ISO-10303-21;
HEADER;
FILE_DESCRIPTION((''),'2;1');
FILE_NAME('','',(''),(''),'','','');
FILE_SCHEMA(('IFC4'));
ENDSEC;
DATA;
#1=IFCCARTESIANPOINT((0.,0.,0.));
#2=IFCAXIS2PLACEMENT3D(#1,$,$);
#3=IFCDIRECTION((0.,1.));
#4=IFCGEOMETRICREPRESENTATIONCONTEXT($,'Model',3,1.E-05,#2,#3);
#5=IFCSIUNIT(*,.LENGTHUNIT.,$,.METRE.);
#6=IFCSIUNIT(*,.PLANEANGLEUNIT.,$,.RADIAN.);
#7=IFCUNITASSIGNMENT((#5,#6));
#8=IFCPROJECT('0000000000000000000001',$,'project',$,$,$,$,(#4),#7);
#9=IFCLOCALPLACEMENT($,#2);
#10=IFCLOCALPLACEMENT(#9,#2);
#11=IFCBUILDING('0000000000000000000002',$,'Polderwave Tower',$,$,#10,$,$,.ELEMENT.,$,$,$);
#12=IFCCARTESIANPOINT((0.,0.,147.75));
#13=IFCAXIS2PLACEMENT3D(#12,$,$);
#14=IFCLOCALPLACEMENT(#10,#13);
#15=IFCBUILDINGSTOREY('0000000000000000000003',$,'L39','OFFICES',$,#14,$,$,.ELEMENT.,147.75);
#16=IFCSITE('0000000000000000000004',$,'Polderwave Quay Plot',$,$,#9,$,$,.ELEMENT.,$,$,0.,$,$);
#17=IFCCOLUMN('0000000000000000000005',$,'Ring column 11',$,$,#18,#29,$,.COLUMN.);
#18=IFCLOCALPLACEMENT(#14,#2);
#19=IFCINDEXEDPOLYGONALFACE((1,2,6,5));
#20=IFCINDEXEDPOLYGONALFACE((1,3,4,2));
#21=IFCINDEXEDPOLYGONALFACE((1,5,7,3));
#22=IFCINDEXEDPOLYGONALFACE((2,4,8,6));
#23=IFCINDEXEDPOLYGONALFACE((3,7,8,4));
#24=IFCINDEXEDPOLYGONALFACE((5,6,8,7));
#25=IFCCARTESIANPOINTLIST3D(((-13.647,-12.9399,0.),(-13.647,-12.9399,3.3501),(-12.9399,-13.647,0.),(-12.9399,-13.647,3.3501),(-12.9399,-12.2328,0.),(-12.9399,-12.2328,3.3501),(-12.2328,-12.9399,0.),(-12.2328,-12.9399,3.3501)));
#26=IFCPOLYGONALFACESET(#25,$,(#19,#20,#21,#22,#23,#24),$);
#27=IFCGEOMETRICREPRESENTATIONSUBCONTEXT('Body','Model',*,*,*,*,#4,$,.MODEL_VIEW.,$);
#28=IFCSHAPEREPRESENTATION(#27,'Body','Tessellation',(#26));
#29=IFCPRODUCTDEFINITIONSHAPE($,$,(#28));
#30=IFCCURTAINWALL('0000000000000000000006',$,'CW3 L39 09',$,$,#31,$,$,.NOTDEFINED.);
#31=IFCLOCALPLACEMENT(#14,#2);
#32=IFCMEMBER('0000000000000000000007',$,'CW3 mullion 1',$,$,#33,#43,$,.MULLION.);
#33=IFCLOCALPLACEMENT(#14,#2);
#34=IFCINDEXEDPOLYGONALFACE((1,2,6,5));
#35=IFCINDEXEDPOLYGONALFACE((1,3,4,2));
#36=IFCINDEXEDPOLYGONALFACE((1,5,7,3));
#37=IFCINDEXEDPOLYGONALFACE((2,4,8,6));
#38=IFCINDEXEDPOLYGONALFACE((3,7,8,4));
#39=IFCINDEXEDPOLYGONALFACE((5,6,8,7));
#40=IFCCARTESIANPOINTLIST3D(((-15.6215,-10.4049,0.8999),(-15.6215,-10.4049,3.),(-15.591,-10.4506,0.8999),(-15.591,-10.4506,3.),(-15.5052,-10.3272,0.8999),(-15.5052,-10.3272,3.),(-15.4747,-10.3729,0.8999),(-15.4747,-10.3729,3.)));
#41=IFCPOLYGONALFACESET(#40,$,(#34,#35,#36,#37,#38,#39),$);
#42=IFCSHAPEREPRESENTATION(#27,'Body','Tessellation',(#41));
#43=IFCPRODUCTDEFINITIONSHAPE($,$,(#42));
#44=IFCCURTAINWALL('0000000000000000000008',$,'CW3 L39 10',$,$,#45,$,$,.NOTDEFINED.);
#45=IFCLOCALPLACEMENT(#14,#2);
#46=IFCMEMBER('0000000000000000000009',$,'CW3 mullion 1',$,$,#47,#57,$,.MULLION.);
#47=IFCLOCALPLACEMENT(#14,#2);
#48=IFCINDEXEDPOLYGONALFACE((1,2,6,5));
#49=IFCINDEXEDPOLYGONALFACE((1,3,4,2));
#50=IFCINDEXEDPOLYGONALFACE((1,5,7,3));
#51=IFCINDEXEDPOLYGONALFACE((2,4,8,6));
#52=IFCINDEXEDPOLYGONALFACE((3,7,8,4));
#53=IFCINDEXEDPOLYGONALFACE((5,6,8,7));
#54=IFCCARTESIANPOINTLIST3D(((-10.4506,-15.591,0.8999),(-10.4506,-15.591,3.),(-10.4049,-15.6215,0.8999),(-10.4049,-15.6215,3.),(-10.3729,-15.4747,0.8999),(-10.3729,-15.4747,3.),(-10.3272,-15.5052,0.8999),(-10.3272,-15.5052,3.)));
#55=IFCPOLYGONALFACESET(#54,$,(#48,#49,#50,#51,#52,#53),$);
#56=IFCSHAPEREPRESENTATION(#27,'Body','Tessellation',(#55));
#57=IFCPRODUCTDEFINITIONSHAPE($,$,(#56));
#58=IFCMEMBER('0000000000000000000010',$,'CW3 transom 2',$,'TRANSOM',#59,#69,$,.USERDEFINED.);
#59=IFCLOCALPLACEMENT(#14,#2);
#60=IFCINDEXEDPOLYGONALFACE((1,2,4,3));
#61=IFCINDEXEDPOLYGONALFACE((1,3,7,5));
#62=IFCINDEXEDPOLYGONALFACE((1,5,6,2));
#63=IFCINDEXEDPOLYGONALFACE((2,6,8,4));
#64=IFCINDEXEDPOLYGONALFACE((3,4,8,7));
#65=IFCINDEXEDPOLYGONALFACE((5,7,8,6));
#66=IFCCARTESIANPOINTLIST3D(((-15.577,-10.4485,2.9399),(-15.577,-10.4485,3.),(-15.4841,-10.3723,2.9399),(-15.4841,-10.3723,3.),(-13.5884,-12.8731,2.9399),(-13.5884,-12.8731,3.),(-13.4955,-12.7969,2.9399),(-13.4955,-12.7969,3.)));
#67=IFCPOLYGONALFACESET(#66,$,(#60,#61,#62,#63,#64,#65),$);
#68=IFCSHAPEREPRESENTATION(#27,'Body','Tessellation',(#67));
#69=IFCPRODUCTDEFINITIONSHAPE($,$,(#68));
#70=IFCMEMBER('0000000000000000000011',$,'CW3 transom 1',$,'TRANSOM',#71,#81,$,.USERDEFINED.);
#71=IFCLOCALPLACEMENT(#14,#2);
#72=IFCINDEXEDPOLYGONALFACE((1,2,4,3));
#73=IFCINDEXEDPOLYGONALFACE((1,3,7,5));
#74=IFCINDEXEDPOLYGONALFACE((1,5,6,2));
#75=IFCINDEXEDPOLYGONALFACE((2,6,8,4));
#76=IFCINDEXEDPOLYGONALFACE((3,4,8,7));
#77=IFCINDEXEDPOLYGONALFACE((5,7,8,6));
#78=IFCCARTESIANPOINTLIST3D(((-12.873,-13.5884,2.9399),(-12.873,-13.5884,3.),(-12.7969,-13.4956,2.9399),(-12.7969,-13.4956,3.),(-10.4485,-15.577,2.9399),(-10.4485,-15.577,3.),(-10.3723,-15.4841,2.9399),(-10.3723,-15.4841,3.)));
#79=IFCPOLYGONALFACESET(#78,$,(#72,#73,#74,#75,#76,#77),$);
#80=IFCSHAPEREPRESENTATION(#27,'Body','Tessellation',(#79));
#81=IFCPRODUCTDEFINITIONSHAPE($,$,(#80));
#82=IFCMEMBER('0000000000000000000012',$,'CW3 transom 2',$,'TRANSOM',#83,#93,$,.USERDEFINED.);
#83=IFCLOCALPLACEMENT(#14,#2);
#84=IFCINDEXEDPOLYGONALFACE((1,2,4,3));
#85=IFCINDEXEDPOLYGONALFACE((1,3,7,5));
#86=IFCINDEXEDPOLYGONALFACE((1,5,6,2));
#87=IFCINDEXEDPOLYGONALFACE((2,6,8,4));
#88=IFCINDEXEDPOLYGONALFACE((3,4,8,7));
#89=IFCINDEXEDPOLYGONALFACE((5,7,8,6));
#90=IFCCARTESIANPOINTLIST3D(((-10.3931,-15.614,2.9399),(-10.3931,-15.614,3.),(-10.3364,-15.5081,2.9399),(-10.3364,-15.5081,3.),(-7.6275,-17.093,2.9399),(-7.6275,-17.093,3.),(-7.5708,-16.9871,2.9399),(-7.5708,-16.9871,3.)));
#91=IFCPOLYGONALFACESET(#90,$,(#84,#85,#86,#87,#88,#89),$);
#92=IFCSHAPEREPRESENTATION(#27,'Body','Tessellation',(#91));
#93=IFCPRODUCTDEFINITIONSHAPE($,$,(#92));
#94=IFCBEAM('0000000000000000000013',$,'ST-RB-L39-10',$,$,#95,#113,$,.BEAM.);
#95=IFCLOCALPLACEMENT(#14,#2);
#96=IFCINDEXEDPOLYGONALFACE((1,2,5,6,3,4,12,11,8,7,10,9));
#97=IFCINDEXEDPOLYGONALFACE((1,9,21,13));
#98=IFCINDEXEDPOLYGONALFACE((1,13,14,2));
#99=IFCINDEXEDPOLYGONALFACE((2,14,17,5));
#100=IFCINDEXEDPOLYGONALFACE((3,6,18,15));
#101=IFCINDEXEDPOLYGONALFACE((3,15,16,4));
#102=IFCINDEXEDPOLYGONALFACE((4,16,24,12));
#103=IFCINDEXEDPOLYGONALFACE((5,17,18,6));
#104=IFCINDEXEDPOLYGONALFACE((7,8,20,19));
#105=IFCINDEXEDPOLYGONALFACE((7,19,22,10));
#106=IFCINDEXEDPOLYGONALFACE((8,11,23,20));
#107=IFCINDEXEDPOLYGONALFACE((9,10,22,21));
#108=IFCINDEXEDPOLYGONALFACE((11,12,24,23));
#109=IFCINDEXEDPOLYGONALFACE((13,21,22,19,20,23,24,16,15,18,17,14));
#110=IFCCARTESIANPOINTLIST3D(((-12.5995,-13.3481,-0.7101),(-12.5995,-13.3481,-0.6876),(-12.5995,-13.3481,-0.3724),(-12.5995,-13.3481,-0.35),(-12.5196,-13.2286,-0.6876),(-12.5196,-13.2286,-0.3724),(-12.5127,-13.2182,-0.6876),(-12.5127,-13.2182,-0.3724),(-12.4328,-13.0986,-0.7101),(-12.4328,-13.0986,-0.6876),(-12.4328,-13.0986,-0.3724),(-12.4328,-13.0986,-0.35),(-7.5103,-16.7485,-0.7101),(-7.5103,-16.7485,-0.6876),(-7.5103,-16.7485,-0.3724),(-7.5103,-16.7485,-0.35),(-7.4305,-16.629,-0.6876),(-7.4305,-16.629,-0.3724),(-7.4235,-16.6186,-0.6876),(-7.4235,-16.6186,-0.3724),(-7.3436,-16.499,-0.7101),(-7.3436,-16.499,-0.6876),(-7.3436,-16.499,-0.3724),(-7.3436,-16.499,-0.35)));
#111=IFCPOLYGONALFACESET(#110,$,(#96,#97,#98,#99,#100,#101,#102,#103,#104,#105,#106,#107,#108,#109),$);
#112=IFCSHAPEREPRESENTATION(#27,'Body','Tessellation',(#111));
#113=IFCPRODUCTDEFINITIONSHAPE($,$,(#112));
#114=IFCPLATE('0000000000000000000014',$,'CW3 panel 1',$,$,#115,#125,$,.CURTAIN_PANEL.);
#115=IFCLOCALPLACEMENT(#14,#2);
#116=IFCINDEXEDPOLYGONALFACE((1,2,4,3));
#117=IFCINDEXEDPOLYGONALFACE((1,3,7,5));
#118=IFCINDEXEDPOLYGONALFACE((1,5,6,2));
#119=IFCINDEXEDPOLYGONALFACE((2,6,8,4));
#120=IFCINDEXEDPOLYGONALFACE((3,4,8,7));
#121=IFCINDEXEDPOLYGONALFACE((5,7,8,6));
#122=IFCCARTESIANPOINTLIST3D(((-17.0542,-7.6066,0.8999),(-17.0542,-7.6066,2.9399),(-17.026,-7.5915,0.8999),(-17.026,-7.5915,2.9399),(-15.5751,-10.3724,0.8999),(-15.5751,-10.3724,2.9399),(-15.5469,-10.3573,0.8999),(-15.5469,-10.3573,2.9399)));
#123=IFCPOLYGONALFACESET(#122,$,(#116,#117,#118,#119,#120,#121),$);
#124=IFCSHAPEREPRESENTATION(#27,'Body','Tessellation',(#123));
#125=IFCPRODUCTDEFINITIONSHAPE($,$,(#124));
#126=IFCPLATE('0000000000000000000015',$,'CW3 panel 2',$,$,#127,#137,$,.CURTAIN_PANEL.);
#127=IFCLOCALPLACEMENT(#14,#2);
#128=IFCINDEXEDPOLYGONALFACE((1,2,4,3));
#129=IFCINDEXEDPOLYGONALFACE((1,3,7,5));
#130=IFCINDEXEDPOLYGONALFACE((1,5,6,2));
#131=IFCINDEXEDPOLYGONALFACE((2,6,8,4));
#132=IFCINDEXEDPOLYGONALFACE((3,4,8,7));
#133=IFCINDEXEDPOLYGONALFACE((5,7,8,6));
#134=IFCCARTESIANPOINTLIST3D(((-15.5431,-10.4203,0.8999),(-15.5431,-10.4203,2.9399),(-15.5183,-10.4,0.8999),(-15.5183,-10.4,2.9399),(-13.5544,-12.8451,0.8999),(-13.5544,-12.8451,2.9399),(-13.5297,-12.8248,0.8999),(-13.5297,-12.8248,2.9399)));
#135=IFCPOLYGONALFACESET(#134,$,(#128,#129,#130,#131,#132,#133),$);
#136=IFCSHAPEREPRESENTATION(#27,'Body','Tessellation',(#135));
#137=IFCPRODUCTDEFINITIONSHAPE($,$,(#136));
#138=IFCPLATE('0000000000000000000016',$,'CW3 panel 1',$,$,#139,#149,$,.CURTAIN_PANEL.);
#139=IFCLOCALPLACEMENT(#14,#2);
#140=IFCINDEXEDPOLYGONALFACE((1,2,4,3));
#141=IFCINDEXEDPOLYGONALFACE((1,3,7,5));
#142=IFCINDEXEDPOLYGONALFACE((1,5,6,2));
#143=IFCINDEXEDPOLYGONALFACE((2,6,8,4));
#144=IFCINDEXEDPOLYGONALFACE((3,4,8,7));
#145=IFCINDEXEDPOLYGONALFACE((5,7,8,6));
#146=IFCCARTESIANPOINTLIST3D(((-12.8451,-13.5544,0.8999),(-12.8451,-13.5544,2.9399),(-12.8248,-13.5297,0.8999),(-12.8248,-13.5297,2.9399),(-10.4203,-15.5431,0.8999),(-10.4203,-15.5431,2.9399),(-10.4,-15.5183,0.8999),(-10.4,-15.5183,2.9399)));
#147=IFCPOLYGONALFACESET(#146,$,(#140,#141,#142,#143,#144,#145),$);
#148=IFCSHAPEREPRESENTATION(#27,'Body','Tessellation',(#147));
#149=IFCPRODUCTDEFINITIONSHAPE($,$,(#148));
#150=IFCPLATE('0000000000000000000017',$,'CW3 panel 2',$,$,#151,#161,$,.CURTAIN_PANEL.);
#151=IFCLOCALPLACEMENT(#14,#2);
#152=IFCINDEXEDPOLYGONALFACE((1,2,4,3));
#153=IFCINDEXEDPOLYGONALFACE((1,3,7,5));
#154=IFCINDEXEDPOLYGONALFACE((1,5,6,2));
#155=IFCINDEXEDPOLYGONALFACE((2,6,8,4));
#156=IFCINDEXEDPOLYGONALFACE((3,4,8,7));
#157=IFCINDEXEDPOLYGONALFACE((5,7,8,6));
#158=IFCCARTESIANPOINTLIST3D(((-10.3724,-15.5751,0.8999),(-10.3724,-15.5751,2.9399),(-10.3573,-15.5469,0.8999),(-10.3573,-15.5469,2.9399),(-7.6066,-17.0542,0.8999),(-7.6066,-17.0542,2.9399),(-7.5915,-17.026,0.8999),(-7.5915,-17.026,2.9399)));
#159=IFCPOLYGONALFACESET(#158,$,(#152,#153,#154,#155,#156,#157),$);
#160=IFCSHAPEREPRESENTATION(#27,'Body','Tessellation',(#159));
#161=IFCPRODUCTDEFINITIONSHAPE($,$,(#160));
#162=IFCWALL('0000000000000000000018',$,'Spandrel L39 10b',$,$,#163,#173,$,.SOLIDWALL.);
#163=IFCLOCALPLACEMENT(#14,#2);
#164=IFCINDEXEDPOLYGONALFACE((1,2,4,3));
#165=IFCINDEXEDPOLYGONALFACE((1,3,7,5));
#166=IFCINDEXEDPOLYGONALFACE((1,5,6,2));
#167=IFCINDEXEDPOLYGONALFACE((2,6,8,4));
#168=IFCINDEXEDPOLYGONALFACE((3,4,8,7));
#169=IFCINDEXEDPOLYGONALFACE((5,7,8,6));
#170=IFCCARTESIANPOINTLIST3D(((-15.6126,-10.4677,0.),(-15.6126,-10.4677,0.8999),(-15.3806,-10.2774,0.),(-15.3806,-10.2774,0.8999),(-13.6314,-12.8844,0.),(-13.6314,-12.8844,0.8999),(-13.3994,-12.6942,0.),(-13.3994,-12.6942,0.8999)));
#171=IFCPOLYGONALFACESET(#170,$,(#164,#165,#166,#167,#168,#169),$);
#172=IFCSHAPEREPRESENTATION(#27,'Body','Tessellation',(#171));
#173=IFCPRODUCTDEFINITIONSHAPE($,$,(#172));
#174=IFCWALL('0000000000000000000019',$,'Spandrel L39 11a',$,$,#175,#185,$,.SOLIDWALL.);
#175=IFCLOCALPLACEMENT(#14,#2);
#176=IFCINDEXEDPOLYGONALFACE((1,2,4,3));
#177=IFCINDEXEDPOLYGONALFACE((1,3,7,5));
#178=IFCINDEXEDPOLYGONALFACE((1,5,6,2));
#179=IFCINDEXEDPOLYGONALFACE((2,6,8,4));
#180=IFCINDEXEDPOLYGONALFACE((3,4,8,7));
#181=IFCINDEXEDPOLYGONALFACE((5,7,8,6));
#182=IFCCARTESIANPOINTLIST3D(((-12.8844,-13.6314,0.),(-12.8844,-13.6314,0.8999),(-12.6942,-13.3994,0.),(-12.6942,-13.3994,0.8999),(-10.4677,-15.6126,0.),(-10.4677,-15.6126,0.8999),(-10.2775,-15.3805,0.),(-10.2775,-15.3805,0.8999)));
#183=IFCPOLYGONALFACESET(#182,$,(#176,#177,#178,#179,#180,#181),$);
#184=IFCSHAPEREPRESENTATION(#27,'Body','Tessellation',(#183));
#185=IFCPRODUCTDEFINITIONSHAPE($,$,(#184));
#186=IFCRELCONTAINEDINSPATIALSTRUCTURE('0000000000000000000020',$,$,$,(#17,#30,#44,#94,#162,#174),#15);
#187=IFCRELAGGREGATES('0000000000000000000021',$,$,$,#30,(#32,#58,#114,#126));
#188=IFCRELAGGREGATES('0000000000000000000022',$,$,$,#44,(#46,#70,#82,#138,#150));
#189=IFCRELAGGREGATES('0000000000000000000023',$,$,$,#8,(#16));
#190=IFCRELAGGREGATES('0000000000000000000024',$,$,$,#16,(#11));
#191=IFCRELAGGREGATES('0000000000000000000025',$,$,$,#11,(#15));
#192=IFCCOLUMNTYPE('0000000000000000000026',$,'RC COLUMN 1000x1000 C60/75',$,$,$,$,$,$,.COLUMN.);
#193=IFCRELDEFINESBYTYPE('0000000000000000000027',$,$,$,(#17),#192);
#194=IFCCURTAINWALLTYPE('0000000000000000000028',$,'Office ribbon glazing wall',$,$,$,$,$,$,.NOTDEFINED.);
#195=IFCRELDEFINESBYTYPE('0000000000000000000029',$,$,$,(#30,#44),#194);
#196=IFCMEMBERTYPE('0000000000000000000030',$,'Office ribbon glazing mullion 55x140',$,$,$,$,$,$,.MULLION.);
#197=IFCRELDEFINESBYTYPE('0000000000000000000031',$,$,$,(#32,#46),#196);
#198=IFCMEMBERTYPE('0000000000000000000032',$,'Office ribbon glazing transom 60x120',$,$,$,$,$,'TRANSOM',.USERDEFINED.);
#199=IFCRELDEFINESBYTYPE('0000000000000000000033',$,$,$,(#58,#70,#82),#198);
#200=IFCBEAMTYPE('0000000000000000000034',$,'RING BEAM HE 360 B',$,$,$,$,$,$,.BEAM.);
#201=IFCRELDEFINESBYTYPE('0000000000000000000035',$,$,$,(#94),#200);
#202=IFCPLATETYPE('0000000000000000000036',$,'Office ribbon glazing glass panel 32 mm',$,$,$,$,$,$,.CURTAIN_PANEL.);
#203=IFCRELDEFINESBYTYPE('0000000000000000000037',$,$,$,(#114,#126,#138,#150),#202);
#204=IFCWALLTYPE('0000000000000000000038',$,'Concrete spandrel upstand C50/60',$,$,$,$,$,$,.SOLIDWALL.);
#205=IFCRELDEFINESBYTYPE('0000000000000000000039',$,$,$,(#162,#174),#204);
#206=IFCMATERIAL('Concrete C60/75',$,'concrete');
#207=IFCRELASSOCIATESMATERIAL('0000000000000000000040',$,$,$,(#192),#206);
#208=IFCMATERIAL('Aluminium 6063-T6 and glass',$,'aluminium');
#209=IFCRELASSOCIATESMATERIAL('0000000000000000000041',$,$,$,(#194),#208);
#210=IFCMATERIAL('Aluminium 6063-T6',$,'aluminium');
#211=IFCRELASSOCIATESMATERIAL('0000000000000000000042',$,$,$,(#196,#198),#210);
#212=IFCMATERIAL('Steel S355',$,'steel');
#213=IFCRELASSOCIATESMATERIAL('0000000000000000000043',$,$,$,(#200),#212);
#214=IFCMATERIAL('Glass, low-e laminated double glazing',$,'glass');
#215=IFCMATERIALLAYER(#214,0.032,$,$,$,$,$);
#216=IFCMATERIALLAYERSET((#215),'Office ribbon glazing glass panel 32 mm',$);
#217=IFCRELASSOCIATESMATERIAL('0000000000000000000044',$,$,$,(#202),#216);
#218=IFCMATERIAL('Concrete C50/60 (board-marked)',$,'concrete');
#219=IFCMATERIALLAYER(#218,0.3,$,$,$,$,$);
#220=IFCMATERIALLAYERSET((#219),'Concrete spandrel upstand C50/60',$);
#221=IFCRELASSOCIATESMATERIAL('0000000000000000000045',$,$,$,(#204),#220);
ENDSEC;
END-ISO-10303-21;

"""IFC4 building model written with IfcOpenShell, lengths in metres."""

from ifc_helpers import new_model, si_unit, direction, frame, frame_2d, origin, origin_2d, place, context, subcontext, project, spatial, rectangle, i_section, extrude, material, layer, layer_set, material_profile, profile_set, type_object, element, aggregate, save


model = new_model("IFC4")

# Units and contexts
model_context = context("Model", 3, precision=1e-05, world=origin(), true_north=direction((0.0, 1.0)))
body_context = subcontext(model_context, "Body", "Model", "MODEL_VIEW")
ifc_project = project(units=[si_unit("LENGTHUNIT", "METRE"), si_unit("PLANEANGLEUNIT", "RADIAN")], contexts=[model_context])

# Site, building, storey
site_placement = place(None, origin())
site = spatial("IfcSite", under=ifc_project, at=site_placement, Name="Polderwave Quay Plot", CompositionType="ELEMENT", RefElevation=0.0)
building_placement = place(site_placement, origin())
building = spatial("IfcBuilding", under=site, at=building_placement, Name="Polderwave Tower", CompositionType="ELEMENT")
storey_placement = place(building_placement, frame((0.0, 0.0, 147.75)))
storey = spatial("IfcBuildingStorey", under=building, at=storey_placement, Name="L39", Description="OFFICES", CompositionType="ELEMENT", Elevation=147.75)

# Column
ifc_material_1 = material(Name="Concrete C60/75", Category="concrete")
ifc_material_profile_1 = material_profile(ifc_material_1, rectangle(XDim=1.0, YDim=1.0, at=origin_2d()), Name="RC 1000x1000")
ifc_profile_set_1 = profile_set([ifc_material_profile_1], Name="Concrete C60/75")
column_type = type_object("IfcColumnType", Name="RC COLUMN 1000x1000 C60/75", PredefinedType="COLUMN", material=ifc_profile_set_1)
column_placement = place(storey_placement, frame((-12.9399, -12.9399, 0.0), z_axis=(0.0, 0.0, 1.0), x_axis=(-0.707107, -0.707107, 0.0)))
element("IfcColumn", 1, at=column_placement, inside=storey, type_object=column_type, Name="Ring column 11", PredefinedType="COLUMN", context=body_context, shape_type="SweptSolid", body=[
    extrude(rectangle(XDim=1.0, YDim=1.0, at=origin_2d()), origin(), (0.0, 0.0, 1.0), 3.3501),
])

# Curtain walls, members
ifc_material_2 = material(Name="Aluminium 6063-T6 and glass", Category="aluminium")
curtain_wall_type = type_object("IfcCurtainWallType", Name="Office ribbon glazing wall", PredefinedType="NOTDEFINED", material=ifc_material_2)
curtain_wall_1_placement = place(storey_placement, origin())
curtain_wall_1 = element("IfcCurtainWall", 2, at=curtain_wall_1_placement, inside=storey, type_object=curtain_wall_type, Name="CW3 L39 09", PredefinedType="NOTDEFINED")
ifc_material_3 = material(Name="Aluminium 6063-T6", Category="aluminium")
ifc_material_profile_2 = material_profile(ifc_material_3, rectangle(XDim=0.1399, YDim=0.0549, at=origin_2d()), Name="AL 55x140")
ifc_profile_set_2 = profile_set([ifc_material_profile_2], Name="Aluminium 6063-T6")
member_type_1 = type_object("IfcMemberType", Name="Office ribbon glazing mullion 55x140", PredefinedType="MULLION", material=ifc_profile_set_2)
member_1_placement = place(storey_placement, frame((-15.5481, -10.3889, 0.8999), z_axis=(0.0, 0.0, 1.0), x_axis=(0.831508, 0.555512, 0.0)))
member_1 = element("IfcMember", 3, at=member_1_placement, type_object=member_type_1, Name="CW3 mullion 1", PredefinedType="MULLION", context=body_context, shape_type="SweptSolid", body=[
    extrude(rectangle(XDim=0.1399, YDim=0.0549, at=origin_2d()), origin(), (0.0, 0.0, 1.0), 2.1001),
])
curtain_wall_2_placement = place(storey_placement, origin())
curtain_wall_2 = element("IfcCurtainWall", 4, at=curtain_wall_2_placement, inside=storey, type_object=curtain_wall_type, Name="CW3 L39 10", PredefinedType="NOTDEFINED")
member_2_placement = place(storey_placement, frame((-10.3889, -15.5481, 0.8999), z_axis=(0.0, 0.0, 1.0), x_axis=(0.555512, 0.831508, 0.0)))
member_2 = element("IfcMember", 5, at=member_2_placement, type_object=member_type_1, Name="CW3 mullion 1", PredefinedType="MULLION", context=body_context, shape_type="SweptSolid", body=[
    extrude(rectangle(XDim=0.1399, YDim=0.0549, at=origin_2d()), origin(), (0.0, 0.0, 1.0), 2.1001),
])

# Members
ifc_material_profile_3 = material_profile(ifc_material_3, rectangle(XDim=0.1201, YDim=0.0601, at=origin_2d()), Name="AL 60x120")
ifc_profile_set_3 = profile_set([ifc_material_profile_3], Name="Aluminium 6063-T6")
member_type_2 = type_object("IfcMemberType", Name="Office ribbon glazing transom 60x120", ElementType="TRANSOM", PredefinedType="USERDEFINED", material=ifc_profile_set_3)
member_3_placement = place(storey_placement, frame((-15.5305, -10.4104, 2.97), z_axis=(0.634153, -0.773207, 0.0), x_axis=(0.773207, 0.634153, 0.0)))
member_3 = element("IfcMember", 6, at=member_3_placement, type_object=member_type_2, Name="CW3 transom 2", ObjectType="TRANSOM", PredefinedType="USERDEFINED", context=body_context, shape_type="SweptSolid", body=[
    extrude(rectangle(XDim=0.1201, YDim=0.0601, at=origin_2d()), origin(), (0.0, 0.0, 1.0), 3.1357),
])
member_4_placement = place(storey_placement, frame((-12.835, -13.542, 2.97), z_axis=(0.773207, -0.634153, 0.0), x_axis=(0.634153, 0.773207, 0.0)))
member_4 = element("IfcMember", 7, at=member_4_placement, type_object=member_type_2, Name="CW3 transom 1", ObjectType="TRANSOM", PredefinedType="USERDEFINED", context=body_context, shape_type="SweptSolid", body=[
    extrude(rectangle(XDim=0.1201, YDim=0.0601, at=origin_2d()), origin(), (0.0, 0.0, 1.0), 3.1357),
])
member_5_placement = place(storey_placement, frame((-10.3647, -15.561, 2.97), z_axis=(0.881822, -0.471582, 0.0), x_axis=(0.471582, 0.881822, 0.0)))
member_5 = element("IfcMember", 8, at=member_5_placement, type_object=member_type_2, Name="CW3 transom 2", ObjectType="TRANSOM", PredefinedType="USERDEFINED", context=body_context, shape_type="SweptSolid", body=[
    extrude(rectangle(XDim=0.1201, YDim=0.0601, at=origin_2d()), origin(), (0.0, 0.0, 1.0), 3.1362),
])

# Beam
ifc_material_4 = material(Name="Steel S355", Category="steel")
ifc_material_profile_4 = material_profile(ifc_material_4, i_section(OverallWidth=0.3, OverallDepth=0.3601, WebThickness=0.0125, FlangeThickness=0.0225, at=origin_2d()), Name="HE 360 B")
ifc_profile_set_4 = profile_set([ifc_material_profile_4], Name="Steel S355")
beam_type = type_object("IfcBeamType", Name="RING BEAM HE 360 B", PredefinedType="BEAM", material=ifc_profile_set_4)
beam_placement = place(storey_placement, frame((-12.5161, -13.2234, -0.53), z_axis=(0.831473, -0.555565, 0.0), x_axis=(0.555565, 0.831473, 0.0)))
element("IfcBeam", 9, at=beam_placement, inside=storey, type_object=beam_type, Name="ST-RB-L39-10", PredefinedType="BEAM", context=body_context, shape_type="SweptSolid", body=[
    extrude(i_section(OverallWidth=0.3, OverallDepth=0.3601, WebThickness=0.0125, FlangeThickness=0.0225, at=origin_2d()), origin(), (0.0, 0.0, 1.0), 6.1206),
])

# Plates
ifc_material_5 = material(Name="Glass, low-e laminated double glazing", Category="glass")
ifc_layer_1 = layer(ifc_material_5, 0.032)
ifc_layer_set_1 = layer_set([ifc_layer_1], Name="Office ribbon glazing glass panel 32 mm")
plate_type = type_object("IfcPlateType", Name="Office ribbon glazing glass panel 32 mm", PredefinedType="CURTAIN_PANEL", material=ifc_layer_set_1)
plate_1_placement = place(storey_placement, frame((-16.3005, -8.9819, 0.8999), z_axis=(0.0, 0.0, 1.0), x_axis=(0.471572, -0.881827, 0.0)))
plate_1 = element("IfcPlate", 10, at=plate_1_placement, type_object=plate_type, Name="CW3 panel 1", PredefinedType="CURTAIN_PANEL", context=body_context, shape_type="SweptSolid", body=[
    extrude(rectangle(XDim=3.1365, YDim=0.032, at=origin_2d()), origin(), (0.0, 0.0, 1.0), 2.04),
])
plate_2_placement = place(storey_placement, frame((-14.5364, -11.6226, 0.8999), z_axis=(0.0, 0.0, 1.0), x_axis=(0.634133, -0.773224, 0.0)))
plate_2 = element("IfcPlate", 11, at=plate_2_placement, type_object=plate_type, Name="CW3 panel 2", PredefinedType="CURTAIN_PANEL", context=body_context, shape_type="SweptSolid", body=[
    extrude(rectangle(XDim=3.136, YDim=0.032, at=origin_2d()), origin(), (0.0, 0.0, 1.0), 2.04),
])
aggregate(curtain_wall_1, [member_1, member_3, plate_1, plate_2])
plate_3_placement = place(storey_placement, frame((-11.6226, -14.5364, 0.8999), z_axis=(0.0, 0.0, 1.0), x_axis=(0.773224, -0.634133, 0.0)))
plate_3 = element("IfcPlate", 12, at=plate_3_placement, type_object=plate_type, Name="CW3 panel 1", PredefinedType="CURTAIN_PANEL", context=body_context, shape_type="SweptSolid", body=[
    extrude(rectangle(XDim=3.136, YDim=0.032, at=origin_2d()), origin(), (0.0, 0.0, 1.0), 2.04),
])
plate_4_placement = place(storey_placement, frame((-8.9819, -16.3005, 0.8999), z_axis=(0.0, 0.0, 1.0), x_axis=(0.881827, -0.471572, 0.0)))
plate_4 = element("IfcPlate", 13, at=plate_4_placement, type_object=plate_type, Name="CW3 panel 2", PredefinedType="CURTAIN_PANEL", context=body_context, shape_type="SweptSolid", body=[
    extrude(rectangle(XDim=3.1365, YDim=0.032, at=origin_2d()), origin(), (0.0, 0.0, 1.0), 2.04),
])
aggregate(curtain_wall_2, [member_2, member_4, member_5, plate_3, plate_4])

# Walls
ifc_material_6 = material(Name="Concrete C50/60 (board-marked)", Category="concrete")
ifc_layer_2 = layer(ifc_material_6, 0.3)
ifc_layer_set_2 = layer_set([ifc_layer_2], Name="Concrete spandrel upstand C50/60")
wall_type_1 = type_object("IfcWallType", Name="Concrete spandrel upstand C50/60", PredefinedType="SOLIDWALL", material=ifc_layer_set_2)
for number, where, z_axis, x_axis, name in (
    (14, (-15.4966, -10.3726, 0.0), (0.0, 0.0, 1.0), (0.633978, -0.773351, 0.0), "Spandrel L39 10b"),
    (15, (-12.7893, -13.5154, 0.0), (0.0, 0.0, 1.0), (0.773351, -0.633978, 0.0), "Spandrel L39 11a"),
):
    element("IfcWall", number, at=place(storey_placement, frame(where, z_axis=z_axis, x_axis=x_axis)), inside=storey, type_object=wall_type_1, Name=name, PredefinedType="SOLIDWALL", context=body_context, shape_type="SweptSolid", body=[
        extrude(rectangle(XDim=3.125, YDim=0.3, at=frame_2d((1.5625, 0.0))), origin(), (0.0, 0.0, 1.0), 0.8999),
    ])

save(model, "model.ifc")
